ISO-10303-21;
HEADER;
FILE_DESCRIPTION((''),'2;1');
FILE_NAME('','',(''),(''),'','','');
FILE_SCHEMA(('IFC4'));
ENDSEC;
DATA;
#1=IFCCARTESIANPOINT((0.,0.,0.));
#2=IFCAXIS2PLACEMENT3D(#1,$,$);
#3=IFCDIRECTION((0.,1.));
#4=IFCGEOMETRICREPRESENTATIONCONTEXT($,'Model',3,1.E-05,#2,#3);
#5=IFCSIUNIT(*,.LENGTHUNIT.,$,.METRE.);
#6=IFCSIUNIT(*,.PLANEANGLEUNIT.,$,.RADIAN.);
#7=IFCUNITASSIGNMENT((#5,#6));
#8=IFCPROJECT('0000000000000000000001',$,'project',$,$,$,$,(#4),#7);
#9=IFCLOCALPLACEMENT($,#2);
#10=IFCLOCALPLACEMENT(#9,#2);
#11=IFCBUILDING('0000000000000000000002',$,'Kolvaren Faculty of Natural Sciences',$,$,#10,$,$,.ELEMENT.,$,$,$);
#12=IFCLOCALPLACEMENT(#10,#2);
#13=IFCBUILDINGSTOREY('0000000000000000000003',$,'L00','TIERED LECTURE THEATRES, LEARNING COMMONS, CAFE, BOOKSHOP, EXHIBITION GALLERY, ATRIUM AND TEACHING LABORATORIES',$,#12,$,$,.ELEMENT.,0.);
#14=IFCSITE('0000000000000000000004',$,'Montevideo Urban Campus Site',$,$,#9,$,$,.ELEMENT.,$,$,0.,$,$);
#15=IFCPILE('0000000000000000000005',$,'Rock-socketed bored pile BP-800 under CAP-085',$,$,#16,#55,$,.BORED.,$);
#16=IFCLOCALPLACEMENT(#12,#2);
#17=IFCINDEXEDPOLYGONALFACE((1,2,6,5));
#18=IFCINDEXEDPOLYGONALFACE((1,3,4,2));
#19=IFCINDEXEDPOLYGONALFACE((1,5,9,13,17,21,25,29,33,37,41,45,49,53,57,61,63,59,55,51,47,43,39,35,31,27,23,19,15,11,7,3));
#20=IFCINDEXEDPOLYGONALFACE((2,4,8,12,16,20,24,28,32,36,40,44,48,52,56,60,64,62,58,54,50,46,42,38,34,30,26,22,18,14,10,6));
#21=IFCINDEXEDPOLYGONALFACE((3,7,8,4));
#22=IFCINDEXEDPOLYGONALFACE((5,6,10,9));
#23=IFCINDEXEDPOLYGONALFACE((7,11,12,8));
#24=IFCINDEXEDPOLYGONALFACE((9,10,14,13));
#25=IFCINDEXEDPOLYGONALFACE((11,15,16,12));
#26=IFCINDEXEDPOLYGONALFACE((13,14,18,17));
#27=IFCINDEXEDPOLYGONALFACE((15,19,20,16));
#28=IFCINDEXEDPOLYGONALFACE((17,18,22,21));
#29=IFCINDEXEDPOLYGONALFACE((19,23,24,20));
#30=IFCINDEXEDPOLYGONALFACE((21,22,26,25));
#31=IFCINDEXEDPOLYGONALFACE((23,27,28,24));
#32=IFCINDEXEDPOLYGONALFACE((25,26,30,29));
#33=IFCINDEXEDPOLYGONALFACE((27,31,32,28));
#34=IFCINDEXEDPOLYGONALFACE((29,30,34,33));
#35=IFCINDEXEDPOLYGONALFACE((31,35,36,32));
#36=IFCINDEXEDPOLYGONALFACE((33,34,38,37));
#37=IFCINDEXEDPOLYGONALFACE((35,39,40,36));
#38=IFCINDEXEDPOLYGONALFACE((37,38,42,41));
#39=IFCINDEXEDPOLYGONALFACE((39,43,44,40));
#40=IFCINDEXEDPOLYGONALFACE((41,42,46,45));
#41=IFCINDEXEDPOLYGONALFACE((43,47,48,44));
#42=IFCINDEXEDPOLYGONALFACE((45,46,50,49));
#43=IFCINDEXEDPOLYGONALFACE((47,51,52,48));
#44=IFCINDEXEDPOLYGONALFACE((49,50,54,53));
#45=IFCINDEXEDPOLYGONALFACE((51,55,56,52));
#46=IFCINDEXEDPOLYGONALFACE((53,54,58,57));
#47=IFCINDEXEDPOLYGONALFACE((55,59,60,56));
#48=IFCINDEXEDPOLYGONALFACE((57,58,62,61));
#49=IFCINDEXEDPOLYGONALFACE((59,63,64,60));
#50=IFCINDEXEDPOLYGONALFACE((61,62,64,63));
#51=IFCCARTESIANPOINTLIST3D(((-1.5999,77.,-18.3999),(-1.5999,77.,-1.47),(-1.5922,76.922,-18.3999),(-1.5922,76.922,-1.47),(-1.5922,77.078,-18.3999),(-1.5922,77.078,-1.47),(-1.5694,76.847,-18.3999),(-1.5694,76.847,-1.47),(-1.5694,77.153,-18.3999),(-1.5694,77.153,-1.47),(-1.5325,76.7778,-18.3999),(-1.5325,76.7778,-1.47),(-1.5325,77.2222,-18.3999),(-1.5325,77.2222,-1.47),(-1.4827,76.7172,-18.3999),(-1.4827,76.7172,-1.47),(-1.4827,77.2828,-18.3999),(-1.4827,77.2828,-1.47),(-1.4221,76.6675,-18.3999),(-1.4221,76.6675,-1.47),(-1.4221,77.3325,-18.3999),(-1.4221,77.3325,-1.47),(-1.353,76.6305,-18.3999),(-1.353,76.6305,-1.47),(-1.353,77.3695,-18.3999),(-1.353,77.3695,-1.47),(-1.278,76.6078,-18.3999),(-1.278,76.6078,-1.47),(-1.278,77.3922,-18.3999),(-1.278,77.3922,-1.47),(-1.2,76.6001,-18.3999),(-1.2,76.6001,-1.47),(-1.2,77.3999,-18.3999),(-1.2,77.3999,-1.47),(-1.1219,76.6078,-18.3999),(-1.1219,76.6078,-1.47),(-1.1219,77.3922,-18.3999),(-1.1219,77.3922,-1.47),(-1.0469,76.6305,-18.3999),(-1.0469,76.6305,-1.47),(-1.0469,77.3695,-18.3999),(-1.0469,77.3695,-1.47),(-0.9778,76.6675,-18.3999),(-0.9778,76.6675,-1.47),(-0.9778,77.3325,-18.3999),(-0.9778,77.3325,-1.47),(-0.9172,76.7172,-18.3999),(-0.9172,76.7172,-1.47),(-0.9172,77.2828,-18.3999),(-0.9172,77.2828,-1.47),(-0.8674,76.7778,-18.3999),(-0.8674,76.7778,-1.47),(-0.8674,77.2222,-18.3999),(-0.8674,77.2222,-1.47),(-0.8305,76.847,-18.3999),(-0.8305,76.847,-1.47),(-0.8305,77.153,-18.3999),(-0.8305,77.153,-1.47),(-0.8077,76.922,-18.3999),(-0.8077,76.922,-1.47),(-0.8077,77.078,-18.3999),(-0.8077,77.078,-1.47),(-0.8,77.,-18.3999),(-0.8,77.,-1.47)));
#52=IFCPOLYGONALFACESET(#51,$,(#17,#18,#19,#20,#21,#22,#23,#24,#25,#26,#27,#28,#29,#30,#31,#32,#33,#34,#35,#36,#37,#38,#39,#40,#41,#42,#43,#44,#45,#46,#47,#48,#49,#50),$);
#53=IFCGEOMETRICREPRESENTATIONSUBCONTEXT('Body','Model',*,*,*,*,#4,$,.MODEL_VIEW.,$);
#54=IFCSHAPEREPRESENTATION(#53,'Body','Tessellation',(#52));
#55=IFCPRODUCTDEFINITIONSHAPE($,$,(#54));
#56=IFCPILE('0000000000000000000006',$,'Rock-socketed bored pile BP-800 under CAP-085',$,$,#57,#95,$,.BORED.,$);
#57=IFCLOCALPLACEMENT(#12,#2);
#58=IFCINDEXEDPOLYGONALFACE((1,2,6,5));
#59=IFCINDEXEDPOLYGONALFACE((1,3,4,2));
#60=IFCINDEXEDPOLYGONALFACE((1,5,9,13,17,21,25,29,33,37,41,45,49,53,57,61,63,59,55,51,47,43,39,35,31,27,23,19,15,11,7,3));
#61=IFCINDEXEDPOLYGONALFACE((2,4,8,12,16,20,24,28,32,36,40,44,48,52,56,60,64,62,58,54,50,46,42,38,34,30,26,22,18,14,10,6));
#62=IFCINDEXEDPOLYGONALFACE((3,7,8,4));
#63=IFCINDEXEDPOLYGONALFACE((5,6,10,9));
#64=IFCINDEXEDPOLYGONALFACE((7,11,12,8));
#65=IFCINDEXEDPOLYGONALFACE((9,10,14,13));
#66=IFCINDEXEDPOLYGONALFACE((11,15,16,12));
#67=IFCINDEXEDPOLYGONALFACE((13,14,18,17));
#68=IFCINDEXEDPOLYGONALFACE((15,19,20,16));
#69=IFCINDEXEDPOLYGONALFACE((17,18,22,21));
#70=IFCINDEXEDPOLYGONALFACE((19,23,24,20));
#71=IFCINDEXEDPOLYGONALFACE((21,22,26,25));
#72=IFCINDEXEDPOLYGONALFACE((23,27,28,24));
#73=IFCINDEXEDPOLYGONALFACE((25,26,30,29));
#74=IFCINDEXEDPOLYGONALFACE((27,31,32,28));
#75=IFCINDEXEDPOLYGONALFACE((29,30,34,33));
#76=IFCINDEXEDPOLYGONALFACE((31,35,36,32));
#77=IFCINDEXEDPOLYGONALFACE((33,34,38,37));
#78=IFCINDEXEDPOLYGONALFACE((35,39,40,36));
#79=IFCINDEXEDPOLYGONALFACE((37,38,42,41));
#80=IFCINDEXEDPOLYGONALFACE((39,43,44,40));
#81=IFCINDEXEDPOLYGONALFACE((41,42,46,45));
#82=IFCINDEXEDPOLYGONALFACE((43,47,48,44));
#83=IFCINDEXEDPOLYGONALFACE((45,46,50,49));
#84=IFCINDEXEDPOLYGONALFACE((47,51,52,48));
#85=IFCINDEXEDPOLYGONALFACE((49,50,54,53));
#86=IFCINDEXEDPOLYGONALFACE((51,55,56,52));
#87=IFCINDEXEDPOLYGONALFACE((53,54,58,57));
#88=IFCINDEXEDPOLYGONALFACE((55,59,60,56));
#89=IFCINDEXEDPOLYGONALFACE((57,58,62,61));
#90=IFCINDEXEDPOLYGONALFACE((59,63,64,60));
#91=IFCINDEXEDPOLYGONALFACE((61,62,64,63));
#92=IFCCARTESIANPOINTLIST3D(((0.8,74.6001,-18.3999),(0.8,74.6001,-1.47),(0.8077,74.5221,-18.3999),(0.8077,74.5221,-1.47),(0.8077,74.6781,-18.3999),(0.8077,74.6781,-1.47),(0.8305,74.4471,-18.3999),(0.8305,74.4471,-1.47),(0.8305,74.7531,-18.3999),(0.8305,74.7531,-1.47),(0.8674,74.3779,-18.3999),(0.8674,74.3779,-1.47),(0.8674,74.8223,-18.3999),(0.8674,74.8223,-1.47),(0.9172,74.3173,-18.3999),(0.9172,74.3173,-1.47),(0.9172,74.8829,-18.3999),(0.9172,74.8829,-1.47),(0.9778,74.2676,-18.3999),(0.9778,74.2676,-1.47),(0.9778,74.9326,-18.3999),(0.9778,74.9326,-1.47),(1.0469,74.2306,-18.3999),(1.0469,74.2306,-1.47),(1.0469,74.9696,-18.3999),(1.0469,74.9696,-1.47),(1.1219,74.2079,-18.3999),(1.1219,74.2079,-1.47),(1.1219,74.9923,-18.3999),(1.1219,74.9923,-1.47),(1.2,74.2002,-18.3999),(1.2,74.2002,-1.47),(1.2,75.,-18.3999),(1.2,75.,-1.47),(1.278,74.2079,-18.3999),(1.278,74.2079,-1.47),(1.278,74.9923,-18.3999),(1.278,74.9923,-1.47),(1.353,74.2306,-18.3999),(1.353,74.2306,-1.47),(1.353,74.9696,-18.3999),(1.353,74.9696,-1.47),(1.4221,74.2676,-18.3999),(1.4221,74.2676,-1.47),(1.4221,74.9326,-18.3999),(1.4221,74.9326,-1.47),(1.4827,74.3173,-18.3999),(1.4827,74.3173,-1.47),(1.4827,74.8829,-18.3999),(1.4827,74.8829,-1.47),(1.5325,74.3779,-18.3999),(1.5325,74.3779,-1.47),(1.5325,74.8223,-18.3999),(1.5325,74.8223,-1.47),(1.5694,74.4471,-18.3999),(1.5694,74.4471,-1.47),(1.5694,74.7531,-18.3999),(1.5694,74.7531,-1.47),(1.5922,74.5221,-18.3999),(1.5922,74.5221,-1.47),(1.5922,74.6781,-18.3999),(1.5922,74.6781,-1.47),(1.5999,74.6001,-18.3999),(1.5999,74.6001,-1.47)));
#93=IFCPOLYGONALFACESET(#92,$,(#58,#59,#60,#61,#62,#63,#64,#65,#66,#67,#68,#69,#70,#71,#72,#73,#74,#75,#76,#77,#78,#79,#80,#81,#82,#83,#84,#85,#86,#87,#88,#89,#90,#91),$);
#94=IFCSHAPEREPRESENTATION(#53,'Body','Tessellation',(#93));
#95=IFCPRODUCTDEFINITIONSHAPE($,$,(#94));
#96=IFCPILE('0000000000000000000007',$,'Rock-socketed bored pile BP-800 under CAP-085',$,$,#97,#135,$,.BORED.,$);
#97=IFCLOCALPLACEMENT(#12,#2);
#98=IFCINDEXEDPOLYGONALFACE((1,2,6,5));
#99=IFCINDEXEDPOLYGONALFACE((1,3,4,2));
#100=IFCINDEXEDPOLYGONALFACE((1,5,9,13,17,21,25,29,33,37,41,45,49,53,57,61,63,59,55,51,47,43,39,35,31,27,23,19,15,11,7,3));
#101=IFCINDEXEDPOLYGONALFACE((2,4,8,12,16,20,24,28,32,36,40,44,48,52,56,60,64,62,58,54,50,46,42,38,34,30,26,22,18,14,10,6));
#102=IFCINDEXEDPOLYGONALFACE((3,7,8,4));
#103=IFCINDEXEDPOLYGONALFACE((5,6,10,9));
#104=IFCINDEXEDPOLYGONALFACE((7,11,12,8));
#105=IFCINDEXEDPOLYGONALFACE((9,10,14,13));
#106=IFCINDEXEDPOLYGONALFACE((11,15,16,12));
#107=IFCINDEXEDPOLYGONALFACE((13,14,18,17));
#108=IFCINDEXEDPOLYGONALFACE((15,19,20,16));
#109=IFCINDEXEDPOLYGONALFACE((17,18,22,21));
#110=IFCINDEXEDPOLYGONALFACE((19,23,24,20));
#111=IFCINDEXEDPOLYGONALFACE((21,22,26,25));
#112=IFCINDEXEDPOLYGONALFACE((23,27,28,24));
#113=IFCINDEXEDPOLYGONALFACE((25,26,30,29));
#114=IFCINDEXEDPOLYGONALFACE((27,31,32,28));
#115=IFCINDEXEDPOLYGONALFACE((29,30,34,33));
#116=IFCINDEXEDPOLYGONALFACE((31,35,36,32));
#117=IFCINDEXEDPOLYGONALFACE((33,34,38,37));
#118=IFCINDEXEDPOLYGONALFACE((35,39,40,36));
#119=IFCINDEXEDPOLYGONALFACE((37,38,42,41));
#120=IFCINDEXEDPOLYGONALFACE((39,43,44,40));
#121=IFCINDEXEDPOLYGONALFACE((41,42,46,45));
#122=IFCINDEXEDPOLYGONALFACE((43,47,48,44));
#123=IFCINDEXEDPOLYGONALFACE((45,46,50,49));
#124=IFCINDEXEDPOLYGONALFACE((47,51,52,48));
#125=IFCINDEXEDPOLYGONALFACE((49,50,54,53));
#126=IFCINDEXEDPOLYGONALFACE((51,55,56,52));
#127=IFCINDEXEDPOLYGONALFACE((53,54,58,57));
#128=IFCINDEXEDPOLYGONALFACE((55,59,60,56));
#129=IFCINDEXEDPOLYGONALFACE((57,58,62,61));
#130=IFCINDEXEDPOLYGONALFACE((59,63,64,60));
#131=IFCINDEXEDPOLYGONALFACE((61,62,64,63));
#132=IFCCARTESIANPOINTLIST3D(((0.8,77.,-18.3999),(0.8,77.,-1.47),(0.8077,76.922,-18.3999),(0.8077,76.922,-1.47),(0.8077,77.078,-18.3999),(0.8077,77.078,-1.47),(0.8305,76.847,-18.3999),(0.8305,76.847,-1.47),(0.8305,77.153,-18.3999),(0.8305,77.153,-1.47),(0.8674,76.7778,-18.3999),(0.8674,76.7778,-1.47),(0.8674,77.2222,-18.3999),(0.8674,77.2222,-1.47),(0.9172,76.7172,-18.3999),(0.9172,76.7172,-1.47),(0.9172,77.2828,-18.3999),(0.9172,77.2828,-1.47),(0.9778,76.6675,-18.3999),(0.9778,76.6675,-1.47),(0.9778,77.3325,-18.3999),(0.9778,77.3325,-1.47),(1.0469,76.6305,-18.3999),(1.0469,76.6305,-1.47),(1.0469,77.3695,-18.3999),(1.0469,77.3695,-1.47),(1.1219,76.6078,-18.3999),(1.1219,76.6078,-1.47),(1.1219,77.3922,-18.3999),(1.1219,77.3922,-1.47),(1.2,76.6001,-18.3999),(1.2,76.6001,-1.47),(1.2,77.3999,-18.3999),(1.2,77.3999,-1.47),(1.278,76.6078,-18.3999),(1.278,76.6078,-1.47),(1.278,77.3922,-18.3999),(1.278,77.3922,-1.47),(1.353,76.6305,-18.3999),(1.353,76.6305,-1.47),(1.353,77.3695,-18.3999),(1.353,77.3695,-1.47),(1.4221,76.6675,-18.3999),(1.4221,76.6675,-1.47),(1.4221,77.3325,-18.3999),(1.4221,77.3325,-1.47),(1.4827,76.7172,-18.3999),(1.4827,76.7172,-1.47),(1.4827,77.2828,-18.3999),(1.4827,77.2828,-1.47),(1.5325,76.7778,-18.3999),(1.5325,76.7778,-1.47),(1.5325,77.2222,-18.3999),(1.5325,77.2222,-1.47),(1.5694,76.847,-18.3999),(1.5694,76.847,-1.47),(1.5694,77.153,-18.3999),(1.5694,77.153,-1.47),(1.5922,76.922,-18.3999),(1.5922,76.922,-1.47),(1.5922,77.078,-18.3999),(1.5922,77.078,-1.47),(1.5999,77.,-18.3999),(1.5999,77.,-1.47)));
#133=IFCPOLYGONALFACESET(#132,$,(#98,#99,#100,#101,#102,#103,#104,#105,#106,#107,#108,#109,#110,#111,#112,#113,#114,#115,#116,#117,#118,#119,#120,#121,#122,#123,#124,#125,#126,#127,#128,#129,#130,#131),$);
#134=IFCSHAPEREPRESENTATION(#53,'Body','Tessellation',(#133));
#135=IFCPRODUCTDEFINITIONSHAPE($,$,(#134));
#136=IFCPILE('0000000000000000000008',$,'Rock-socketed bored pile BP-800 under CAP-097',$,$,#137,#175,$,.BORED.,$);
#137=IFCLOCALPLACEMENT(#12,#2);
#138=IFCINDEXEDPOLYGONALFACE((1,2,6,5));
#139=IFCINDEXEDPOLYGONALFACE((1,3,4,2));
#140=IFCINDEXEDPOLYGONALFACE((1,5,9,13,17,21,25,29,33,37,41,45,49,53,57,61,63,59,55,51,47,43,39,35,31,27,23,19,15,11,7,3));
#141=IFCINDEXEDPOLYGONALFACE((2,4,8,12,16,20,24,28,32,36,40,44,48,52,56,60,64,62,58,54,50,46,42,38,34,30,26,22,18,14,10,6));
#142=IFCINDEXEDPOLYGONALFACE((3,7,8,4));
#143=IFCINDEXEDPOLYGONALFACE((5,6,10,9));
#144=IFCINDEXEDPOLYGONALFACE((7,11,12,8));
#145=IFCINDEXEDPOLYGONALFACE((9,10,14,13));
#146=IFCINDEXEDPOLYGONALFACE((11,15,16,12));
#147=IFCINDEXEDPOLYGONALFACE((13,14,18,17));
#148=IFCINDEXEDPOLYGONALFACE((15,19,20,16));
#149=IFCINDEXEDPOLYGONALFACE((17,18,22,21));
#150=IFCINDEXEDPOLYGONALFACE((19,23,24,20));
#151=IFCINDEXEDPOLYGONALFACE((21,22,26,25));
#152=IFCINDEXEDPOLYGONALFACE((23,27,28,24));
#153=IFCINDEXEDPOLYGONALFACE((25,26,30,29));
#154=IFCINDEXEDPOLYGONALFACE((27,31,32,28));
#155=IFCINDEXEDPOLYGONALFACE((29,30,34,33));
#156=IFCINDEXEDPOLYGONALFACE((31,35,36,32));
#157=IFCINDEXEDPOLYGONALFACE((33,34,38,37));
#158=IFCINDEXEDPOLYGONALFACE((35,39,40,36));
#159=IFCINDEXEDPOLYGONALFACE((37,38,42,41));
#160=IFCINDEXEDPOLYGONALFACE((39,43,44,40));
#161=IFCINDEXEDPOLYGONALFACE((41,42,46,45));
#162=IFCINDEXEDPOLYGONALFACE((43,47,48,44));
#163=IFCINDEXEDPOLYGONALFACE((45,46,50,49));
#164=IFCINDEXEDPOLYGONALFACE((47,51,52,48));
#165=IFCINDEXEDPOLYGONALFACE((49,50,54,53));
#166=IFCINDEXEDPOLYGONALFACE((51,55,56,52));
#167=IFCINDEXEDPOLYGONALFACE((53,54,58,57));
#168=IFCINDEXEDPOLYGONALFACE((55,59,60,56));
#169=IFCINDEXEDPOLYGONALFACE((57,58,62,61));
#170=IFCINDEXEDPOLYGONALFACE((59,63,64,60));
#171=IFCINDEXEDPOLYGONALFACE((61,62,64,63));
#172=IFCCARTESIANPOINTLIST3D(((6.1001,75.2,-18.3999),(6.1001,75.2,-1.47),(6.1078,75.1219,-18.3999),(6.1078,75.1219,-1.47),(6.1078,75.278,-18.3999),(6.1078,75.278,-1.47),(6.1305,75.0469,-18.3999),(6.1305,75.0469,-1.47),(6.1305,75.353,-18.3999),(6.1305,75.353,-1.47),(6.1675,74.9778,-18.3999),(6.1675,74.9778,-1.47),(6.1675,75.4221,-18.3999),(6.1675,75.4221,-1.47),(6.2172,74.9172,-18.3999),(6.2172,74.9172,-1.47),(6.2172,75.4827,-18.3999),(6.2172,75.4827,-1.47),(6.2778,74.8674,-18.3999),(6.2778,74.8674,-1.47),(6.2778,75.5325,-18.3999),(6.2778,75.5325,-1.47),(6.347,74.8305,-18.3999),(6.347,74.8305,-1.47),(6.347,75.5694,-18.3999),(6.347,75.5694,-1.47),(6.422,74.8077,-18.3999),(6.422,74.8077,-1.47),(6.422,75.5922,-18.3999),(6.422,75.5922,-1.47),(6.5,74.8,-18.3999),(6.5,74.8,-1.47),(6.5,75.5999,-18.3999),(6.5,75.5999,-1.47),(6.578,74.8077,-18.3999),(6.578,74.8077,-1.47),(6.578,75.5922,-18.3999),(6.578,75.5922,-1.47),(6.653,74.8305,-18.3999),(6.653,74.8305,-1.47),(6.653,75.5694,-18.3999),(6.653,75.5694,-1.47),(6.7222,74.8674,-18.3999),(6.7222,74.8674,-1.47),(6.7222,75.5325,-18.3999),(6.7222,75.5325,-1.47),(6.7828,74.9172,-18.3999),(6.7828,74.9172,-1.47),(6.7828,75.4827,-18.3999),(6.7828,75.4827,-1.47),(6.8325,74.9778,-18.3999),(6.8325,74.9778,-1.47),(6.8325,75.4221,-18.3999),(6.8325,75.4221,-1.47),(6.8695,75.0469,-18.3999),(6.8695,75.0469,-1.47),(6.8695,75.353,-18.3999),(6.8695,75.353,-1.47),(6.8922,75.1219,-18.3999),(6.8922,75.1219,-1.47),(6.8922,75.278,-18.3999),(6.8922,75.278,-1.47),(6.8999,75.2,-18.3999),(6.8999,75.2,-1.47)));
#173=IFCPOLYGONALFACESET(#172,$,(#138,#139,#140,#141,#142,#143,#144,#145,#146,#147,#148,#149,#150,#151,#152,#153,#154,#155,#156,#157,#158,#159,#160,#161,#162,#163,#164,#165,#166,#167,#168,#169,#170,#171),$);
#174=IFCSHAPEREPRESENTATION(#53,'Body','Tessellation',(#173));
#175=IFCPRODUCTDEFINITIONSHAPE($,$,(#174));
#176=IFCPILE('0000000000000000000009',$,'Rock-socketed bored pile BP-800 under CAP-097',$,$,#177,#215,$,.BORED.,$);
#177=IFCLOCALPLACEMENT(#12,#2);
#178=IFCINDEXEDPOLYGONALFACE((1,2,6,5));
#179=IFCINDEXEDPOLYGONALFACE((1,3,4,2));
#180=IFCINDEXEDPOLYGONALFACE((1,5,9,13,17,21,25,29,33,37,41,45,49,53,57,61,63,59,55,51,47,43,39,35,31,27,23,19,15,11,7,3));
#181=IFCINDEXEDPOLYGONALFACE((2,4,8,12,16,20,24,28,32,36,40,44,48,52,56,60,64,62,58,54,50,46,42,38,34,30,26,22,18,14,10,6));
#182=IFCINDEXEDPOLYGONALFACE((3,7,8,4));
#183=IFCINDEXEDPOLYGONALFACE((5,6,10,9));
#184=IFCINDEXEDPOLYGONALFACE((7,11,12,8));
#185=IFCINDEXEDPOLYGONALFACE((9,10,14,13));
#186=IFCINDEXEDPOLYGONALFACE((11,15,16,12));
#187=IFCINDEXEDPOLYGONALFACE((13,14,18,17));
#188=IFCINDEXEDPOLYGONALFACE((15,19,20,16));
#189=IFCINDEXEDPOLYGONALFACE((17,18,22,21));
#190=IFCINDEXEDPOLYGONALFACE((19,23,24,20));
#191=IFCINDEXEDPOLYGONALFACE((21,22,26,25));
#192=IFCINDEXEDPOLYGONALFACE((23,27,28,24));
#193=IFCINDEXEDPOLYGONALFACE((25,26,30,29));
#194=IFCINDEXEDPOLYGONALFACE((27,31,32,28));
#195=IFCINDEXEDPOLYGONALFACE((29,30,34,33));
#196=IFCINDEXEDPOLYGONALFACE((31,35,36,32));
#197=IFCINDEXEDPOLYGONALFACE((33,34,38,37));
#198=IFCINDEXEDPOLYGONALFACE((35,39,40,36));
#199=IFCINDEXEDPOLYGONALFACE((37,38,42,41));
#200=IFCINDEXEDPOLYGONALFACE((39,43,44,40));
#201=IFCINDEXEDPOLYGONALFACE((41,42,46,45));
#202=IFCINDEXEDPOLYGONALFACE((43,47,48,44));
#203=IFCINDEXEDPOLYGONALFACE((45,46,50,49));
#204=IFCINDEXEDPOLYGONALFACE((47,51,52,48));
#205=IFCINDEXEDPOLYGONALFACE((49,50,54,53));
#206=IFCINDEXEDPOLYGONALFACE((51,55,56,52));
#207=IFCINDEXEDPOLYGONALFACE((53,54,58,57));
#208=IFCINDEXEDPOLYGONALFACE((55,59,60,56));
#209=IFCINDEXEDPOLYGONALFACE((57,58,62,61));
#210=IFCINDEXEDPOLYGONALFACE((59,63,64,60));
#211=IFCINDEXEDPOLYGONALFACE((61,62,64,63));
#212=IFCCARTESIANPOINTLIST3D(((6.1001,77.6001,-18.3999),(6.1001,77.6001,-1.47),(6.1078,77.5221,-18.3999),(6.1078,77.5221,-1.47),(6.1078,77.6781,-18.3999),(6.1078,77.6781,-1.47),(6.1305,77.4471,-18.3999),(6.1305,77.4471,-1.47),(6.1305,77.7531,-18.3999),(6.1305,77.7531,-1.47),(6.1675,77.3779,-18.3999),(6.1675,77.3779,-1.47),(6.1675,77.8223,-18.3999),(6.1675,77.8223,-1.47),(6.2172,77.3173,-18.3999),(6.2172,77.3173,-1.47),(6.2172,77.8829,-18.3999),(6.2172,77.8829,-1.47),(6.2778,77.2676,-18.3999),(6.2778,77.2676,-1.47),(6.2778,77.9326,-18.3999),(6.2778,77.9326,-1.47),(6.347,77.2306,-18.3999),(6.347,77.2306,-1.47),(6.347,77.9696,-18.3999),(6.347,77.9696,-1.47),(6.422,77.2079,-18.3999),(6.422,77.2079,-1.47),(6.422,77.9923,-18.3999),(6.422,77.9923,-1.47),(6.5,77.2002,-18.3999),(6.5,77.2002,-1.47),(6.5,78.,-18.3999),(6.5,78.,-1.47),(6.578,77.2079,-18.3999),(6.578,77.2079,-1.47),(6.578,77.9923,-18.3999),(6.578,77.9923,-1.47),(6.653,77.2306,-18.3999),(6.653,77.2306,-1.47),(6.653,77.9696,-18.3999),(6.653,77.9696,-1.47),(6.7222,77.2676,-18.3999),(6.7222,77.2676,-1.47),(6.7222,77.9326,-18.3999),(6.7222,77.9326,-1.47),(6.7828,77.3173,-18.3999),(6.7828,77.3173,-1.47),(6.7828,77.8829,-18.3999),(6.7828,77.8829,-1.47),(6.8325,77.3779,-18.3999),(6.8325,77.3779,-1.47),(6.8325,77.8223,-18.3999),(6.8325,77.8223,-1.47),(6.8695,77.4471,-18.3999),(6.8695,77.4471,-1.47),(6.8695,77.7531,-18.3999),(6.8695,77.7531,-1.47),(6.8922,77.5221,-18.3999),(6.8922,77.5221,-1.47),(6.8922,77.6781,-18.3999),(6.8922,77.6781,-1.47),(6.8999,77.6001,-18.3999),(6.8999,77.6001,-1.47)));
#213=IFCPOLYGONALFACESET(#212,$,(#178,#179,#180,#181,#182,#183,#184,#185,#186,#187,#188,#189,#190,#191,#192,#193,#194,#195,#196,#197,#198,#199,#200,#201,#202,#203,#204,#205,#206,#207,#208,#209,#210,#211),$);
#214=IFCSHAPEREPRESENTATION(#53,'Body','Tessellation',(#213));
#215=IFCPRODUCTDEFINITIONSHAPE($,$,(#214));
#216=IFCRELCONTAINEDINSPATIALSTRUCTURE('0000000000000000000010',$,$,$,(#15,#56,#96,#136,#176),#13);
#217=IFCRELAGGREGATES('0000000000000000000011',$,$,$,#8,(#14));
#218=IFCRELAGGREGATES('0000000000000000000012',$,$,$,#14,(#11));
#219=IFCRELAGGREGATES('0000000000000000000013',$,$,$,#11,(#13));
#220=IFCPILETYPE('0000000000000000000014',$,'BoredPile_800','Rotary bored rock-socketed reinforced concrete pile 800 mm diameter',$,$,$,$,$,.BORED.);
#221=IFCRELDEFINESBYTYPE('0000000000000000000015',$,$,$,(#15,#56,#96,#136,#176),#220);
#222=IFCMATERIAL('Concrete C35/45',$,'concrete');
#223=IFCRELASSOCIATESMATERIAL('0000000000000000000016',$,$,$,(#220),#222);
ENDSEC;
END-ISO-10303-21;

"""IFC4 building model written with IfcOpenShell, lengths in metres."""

from ifc_helpers import new_model, si_unit, direction, frame, origin, origin_2d, place, context, subcontext, project, spatial, circle, extrude, material, material_profile, profile_set, type_object, element, save


model = new_model("IFC4")

# Units and contexts
model_context = context("Model", 3, precision=1e-05, world=origin(), true_north=direction((0.0, 1.0)))
body_context = subcontext(model_context, "Body", "Model", "MODEL_VIEW")
ifc_project = project(units=[si_unit("LENGTHUNIT", "METRE"), si_unit("PLANEANGLEUNIT", "RADIAN")], contexts=[model_context])

# Site, building, storey
site_placement = place(None, origin())
site = spatial("IfcSite", under=ifc_project, at=site_placement, Name="Montevideo Urban Campus Site", CompositionType="ELEMENT", RefElevation=0.0)
building_placement = place(site_placement, origin())
building = spatial("IfcBuilding", under=site, at=building_placement, Name="Kolvaren Faculty of Natural Sciences", CompositionType="ELEMENT")
storey_placement = place(building_placement, origin())
storey = spatial("IfcBuildingStorey", under=building, at=storey_placement, Name="L00", Description="TIERED LECTURE THEATRES, LEARNING COMMONS, CAFE, BOOKSHOP, EXHIBITION GALLERY, ATRIUM AND TEACHING LABORATORIES", CompositionType="ELEMENT", Elevation=0.0)

# Piles
ifc_material_1 = material(Name="Concrete C35/45", Category="concrete")
ifc_material_profile_1 = material_profile(ifc_material_1, circle(Radius=0.3999, at=origin_2d()), Name="PILE D800")
ifc_profile_set_1 = profile_set([ifc_material_profile_1], Name="Concrete C35/45")
pile_type_1 = type_object("IfcPileType", Name="BoredPile_800", Description="Rotary bored rock-socketed reinforced concrete pile 800 mm diameter", PredefinedType="BORED", material=ifc_profile_set_1)
for number, where, z_axis, x_axis, name in (
    (1, (-1.2, 77.0, -1.47), (0.0, 0.0, -1.0), (1.0, 0.0, 0.0), "Rock-socketed bored pile BP-800 under CAP-085"),
    (2, (1.2, 74.6001, -1.47), (0.0, 0.0, -1.0), (1.0, 0.0, 0.0), "Rock-socketed bored pile BP-800 under CAP-085"),
    (3, (1.2, 77.0, -1.47), (0.0, 0.0, -1.0), (1.0, 0.0, 0.0), "Rock-socketed bored pile BP-800 under CAP-085"),
    (4, (6.5, 75.2, -1.47), (0.0, 0.0, -1.0), (1.0, 0.0, 0.0), "Rock-socketed bored pile BP-800 under CAP-097"),
    (5, (6.5, 77.6001, -1.47), (0.0, 0.0, -1.0), (1.0, 0.0, 0.0), "Rock-socketed bored pile BP-800 under CAP-097"),
):
    element("IfcPile", number, at=place(storey_placement, frame(where, z_axis=z_axis, x_axis=x_axis)), inside=storey, type_object=pile_type_1, Name=name, PredefinedType="BORED", context=body_context, shape_type="SweptSolid", body=[
        extrude(circle(Radius=0.3999, at=origin_2d()), origin(), (0.0, 0.0, 1.0), 16.9299),
    ])

save(model, "model.ifc")
